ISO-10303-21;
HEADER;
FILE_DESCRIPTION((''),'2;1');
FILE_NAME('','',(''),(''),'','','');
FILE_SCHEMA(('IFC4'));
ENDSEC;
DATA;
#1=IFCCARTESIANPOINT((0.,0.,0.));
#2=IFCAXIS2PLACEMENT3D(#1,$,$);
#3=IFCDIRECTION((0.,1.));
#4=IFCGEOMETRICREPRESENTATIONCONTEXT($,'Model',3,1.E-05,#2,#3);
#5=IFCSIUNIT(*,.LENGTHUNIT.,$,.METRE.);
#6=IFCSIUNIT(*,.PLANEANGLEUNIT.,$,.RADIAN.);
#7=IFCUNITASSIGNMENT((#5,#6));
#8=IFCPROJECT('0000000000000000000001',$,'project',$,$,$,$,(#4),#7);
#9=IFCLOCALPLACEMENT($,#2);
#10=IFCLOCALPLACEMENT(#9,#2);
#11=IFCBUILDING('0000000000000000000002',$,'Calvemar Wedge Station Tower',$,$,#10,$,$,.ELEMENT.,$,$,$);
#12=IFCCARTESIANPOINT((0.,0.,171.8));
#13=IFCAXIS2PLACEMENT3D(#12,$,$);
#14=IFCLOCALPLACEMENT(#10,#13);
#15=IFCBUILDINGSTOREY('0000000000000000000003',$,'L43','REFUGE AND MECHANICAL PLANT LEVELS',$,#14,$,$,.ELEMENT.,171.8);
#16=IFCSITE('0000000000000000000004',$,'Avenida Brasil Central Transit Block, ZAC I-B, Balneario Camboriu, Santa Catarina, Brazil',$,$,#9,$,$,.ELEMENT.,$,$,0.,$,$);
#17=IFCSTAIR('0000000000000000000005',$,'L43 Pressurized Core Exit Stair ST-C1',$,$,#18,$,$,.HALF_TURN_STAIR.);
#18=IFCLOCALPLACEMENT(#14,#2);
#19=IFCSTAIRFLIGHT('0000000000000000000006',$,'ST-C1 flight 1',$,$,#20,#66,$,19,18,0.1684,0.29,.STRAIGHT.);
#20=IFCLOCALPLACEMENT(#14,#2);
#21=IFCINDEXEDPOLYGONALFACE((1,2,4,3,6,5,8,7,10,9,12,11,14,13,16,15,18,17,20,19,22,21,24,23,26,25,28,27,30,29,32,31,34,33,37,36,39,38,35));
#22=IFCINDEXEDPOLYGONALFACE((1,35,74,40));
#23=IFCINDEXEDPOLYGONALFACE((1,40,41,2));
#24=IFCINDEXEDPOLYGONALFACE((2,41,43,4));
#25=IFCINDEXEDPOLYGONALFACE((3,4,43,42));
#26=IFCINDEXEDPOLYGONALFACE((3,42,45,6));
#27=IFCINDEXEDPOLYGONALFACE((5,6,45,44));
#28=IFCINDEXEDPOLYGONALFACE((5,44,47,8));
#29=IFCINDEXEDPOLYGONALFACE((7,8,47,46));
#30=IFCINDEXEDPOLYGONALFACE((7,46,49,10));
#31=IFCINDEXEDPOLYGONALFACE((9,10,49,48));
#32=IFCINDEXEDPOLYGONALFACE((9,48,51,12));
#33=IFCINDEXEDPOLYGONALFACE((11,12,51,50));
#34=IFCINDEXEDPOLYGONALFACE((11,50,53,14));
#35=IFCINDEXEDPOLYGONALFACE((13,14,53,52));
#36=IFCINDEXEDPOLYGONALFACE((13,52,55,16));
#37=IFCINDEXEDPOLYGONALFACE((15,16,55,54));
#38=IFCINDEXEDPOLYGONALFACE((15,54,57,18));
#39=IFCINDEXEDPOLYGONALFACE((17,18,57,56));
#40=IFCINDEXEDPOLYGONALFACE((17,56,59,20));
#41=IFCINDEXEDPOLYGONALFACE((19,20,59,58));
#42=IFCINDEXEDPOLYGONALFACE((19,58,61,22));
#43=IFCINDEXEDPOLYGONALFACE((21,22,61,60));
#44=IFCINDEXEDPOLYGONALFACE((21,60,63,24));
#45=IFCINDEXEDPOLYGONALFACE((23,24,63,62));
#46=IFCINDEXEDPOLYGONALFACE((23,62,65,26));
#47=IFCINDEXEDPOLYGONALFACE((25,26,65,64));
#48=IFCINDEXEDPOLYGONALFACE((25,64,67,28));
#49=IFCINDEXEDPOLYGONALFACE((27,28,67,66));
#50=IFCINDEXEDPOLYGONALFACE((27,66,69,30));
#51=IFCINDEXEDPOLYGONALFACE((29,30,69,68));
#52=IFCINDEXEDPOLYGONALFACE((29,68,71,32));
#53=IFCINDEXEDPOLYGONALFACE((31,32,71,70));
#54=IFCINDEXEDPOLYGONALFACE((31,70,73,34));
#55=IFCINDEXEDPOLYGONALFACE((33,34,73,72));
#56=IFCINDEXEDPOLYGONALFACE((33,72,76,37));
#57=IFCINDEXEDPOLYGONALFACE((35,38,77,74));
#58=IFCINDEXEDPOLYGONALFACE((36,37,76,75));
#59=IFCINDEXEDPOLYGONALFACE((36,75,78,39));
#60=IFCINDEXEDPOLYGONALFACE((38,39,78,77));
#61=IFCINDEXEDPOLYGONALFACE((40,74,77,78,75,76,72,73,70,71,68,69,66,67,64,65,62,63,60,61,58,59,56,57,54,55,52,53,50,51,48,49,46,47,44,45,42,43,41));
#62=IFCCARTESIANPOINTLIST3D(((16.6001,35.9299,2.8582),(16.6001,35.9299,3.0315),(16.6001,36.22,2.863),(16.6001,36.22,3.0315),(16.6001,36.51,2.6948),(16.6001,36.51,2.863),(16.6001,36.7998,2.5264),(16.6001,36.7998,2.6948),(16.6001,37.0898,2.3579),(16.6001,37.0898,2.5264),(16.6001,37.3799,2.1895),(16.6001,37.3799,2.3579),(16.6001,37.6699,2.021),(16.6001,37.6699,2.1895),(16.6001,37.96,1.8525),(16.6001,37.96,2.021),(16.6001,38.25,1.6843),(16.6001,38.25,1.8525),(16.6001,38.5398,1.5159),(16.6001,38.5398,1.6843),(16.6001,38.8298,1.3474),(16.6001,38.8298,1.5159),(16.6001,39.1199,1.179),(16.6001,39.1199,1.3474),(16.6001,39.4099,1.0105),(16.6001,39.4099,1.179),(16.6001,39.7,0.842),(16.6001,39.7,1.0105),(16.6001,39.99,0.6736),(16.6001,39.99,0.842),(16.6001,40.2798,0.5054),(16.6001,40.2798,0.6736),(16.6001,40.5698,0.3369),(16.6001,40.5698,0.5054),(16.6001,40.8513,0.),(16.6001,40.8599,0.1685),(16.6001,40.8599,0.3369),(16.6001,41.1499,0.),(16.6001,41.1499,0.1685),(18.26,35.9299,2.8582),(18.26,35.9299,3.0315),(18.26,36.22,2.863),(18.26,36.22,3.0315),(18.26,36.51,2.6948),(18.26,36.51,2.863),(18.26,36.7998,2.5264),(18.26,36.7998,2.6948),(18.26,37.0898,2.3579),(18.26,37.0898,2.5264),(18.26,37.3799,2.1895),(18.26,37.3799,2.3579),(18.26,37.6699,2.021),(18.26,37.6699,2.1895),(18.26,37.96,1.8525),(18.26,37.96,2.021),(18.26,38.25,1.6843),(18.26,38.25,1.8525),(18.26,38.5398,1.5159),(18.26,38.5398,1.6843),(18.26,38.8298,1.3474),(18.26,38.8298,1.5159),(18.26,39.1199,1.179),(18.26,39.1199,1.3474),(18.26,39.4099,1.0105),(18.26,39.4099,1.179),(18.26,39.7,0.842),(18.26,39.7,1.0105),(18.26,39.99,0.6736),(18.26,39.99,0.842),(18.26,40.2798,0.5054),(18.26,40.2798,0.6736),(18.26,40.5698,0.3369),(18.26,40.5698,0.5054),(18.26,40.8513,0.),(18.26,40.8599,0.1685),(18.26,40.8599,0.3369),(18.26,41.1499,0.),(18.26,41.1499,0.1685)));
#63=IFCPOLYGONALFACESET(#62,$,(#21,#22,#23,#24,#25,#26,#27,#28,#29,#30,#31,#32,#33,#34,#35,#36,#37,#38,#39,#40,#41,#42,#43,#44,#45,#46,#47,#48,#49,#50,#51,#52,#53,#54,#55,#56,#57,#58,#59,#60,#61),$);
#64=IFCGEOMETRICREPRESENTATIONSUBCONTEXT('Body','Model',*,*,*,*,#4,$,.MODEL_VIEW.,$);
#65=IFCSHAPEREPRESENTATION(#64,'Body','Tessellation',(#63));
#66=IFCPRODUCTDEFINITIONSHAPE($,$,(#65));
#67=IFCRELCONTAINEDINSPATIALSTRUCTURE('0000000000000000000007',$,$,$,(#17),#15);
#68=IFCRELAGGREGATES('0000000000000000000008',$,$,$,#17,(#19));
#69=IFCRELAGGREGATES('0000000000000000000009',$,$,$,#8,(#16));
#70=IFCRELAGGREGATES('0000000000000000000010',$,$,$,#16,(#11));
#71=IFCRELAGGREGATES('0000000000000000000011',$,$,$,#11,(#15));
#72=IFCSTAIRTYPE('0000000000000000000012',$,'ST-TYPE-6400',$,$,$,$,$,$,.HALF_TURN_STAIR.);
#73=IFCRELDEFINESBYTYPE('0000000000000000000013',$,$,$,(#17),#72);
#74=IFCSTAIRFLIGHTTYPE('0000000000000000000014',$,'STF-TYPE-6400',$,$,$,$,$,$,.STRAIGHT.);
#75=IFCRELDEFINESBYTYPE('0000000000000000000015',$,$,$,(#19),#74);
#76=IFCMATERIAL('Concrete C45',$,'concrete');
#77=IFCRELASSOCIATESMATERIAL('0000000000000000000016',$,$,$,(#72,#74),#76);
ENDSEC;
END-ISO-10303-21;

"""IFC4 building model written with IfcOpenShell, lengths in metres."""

from ifc_helpers import new_model, si_unit, direction, frame, origin, place, context, subcontext, project, spatial, polyline, outline, extrude, material, type_object, element, aggregate, save


model = new_model("IFC4")

# Units and contexts
model_context = context("Model", 3, precision=1e-05, world=origin(), true_north=direction((0.0, 1.0)))
body_context = subcontext(model_context, "Body", "Model", "MODEL_VIEW")
ifc_project = project(units=[si_unit("LENGTHUNIT", "METRE"), si_unit("PLANEANGLEUNIT", "RADIAN")], contexts=[model_context])

# Site, building, storey
site_placement = place(None, origin())
site = spatial("IfcSite", under=ifc_project, at=site_placement, Name="Avenida Brasil Central Transit Block, ZAC I-B, Balneario Camboriu, Santa Catarina, Brazil", CompositionType="ELEMENT", RefElevation=0.0)
building_placement = place(site_placement, origin())
building = spatial("IfcBuilding", under=site, at=building_placement, Name="Calvemar Wedge Station Tower", CompositionType="ELEMENT")
storey_placement = place(building_placement, frame((0.0, 0.0, 171.8)))
storey = spatial("IfcBuildingStorey", under=building, at=storey_placement, Name="L43", Description="REFUGE AND MECHANICAL PLANT LEVELS", CompositionType="ELEMENT", Elevation=171.8)

# Stair, stair flight
ifc_material_1 = material(Name="Concrete C45", Category="concrete")
stair_type = type_object("IfcStairType", Name="ST-TYPE-6400", PredefinedType="HALF_TURN_STAIR", material=ifc_material_1)
stair_placement = place(storey_placement, origin())
stair = element("IfcStair", 1, at=stair_placement, inside=storey, type_object=stair_type, Name="L43 Pressurized Core Exit Stair ST-C1", PredefinedType="HALF_TURN_STAIR")
stair_flight_type = type_object("IfcStairFlightType", Name="STF-TYPE-6400", PredefinedType="STRAIGHT", material=ifc_material_1)
stair_flight_placement = place(storey_placement, frame((17.4299, 41.1499, 0.0), z_axis=(0.0, 0.0, 1.0), x_axis=(0.0, -1.0, 0.0)))
stair_flight = element("IfcStairFlight", 2, at=stair_flight_placement, type_object=stair_flight_type, Name="ST-C1 flight 1", NumberOfRisers=19, NumberOfTreads=18, PredefinedType="STRAIGHT", RiserHeight=0.1684, TreadLength=0.29, context=body_context, shape_type="SweptSolid", body=[
    extrude(outline(polyline([(0.0, 0.0), (0.0, 0.1685), (0.29, 0.1685), (0.29, 0.3369), (0.5801, 0.3369), (0.5801, 0.5054), (0.8701, 0.5054), (0.8701, 0.6736), (1.1599, 0.6736), (1.1599, 0.842), (1.45, 0.842), (1.45, 1.0105), (1.74, 1.0105), (1.74, 1.179), (2.03, 1.179), (2.03, 1.3474), (2.3201, 1.3474), (2.3201, 1.5159), (2.6101, 1.5159), (2.6101, 1.6843), (2.8999, 1.6843), (2.8999, 1.8525), (3.1899, 1.8525), (3.1899, 2.021), (3.48, 2.021), (3.48, 2.1895), (3.77, 2.1895), (3.77, 2.3579), (4.0601, 2.3579), (4.0601, 2.5264), (4.3501, 2.5264), (4.3501, 2.6948), (4.6399, 2.6948), (4.6399, 2.863), (4.9299, 2.863), (4.9299, 3.0315), (5.22, 3.0315), (5.22, 3.2), (5.22, 2.8582), (0.2986, 0.0), (0.0, 0.0)])), frame((0.0, 0.8301, 0.0), z_axis=(0.0, -1.0, 0.0), x_axis=(1.0, 0.0, 0.0)), (0.0, 0.0, 1.0), 1.6599),
])
aggregate(stair, [stair_flight])

save(model, "model.ifc")
